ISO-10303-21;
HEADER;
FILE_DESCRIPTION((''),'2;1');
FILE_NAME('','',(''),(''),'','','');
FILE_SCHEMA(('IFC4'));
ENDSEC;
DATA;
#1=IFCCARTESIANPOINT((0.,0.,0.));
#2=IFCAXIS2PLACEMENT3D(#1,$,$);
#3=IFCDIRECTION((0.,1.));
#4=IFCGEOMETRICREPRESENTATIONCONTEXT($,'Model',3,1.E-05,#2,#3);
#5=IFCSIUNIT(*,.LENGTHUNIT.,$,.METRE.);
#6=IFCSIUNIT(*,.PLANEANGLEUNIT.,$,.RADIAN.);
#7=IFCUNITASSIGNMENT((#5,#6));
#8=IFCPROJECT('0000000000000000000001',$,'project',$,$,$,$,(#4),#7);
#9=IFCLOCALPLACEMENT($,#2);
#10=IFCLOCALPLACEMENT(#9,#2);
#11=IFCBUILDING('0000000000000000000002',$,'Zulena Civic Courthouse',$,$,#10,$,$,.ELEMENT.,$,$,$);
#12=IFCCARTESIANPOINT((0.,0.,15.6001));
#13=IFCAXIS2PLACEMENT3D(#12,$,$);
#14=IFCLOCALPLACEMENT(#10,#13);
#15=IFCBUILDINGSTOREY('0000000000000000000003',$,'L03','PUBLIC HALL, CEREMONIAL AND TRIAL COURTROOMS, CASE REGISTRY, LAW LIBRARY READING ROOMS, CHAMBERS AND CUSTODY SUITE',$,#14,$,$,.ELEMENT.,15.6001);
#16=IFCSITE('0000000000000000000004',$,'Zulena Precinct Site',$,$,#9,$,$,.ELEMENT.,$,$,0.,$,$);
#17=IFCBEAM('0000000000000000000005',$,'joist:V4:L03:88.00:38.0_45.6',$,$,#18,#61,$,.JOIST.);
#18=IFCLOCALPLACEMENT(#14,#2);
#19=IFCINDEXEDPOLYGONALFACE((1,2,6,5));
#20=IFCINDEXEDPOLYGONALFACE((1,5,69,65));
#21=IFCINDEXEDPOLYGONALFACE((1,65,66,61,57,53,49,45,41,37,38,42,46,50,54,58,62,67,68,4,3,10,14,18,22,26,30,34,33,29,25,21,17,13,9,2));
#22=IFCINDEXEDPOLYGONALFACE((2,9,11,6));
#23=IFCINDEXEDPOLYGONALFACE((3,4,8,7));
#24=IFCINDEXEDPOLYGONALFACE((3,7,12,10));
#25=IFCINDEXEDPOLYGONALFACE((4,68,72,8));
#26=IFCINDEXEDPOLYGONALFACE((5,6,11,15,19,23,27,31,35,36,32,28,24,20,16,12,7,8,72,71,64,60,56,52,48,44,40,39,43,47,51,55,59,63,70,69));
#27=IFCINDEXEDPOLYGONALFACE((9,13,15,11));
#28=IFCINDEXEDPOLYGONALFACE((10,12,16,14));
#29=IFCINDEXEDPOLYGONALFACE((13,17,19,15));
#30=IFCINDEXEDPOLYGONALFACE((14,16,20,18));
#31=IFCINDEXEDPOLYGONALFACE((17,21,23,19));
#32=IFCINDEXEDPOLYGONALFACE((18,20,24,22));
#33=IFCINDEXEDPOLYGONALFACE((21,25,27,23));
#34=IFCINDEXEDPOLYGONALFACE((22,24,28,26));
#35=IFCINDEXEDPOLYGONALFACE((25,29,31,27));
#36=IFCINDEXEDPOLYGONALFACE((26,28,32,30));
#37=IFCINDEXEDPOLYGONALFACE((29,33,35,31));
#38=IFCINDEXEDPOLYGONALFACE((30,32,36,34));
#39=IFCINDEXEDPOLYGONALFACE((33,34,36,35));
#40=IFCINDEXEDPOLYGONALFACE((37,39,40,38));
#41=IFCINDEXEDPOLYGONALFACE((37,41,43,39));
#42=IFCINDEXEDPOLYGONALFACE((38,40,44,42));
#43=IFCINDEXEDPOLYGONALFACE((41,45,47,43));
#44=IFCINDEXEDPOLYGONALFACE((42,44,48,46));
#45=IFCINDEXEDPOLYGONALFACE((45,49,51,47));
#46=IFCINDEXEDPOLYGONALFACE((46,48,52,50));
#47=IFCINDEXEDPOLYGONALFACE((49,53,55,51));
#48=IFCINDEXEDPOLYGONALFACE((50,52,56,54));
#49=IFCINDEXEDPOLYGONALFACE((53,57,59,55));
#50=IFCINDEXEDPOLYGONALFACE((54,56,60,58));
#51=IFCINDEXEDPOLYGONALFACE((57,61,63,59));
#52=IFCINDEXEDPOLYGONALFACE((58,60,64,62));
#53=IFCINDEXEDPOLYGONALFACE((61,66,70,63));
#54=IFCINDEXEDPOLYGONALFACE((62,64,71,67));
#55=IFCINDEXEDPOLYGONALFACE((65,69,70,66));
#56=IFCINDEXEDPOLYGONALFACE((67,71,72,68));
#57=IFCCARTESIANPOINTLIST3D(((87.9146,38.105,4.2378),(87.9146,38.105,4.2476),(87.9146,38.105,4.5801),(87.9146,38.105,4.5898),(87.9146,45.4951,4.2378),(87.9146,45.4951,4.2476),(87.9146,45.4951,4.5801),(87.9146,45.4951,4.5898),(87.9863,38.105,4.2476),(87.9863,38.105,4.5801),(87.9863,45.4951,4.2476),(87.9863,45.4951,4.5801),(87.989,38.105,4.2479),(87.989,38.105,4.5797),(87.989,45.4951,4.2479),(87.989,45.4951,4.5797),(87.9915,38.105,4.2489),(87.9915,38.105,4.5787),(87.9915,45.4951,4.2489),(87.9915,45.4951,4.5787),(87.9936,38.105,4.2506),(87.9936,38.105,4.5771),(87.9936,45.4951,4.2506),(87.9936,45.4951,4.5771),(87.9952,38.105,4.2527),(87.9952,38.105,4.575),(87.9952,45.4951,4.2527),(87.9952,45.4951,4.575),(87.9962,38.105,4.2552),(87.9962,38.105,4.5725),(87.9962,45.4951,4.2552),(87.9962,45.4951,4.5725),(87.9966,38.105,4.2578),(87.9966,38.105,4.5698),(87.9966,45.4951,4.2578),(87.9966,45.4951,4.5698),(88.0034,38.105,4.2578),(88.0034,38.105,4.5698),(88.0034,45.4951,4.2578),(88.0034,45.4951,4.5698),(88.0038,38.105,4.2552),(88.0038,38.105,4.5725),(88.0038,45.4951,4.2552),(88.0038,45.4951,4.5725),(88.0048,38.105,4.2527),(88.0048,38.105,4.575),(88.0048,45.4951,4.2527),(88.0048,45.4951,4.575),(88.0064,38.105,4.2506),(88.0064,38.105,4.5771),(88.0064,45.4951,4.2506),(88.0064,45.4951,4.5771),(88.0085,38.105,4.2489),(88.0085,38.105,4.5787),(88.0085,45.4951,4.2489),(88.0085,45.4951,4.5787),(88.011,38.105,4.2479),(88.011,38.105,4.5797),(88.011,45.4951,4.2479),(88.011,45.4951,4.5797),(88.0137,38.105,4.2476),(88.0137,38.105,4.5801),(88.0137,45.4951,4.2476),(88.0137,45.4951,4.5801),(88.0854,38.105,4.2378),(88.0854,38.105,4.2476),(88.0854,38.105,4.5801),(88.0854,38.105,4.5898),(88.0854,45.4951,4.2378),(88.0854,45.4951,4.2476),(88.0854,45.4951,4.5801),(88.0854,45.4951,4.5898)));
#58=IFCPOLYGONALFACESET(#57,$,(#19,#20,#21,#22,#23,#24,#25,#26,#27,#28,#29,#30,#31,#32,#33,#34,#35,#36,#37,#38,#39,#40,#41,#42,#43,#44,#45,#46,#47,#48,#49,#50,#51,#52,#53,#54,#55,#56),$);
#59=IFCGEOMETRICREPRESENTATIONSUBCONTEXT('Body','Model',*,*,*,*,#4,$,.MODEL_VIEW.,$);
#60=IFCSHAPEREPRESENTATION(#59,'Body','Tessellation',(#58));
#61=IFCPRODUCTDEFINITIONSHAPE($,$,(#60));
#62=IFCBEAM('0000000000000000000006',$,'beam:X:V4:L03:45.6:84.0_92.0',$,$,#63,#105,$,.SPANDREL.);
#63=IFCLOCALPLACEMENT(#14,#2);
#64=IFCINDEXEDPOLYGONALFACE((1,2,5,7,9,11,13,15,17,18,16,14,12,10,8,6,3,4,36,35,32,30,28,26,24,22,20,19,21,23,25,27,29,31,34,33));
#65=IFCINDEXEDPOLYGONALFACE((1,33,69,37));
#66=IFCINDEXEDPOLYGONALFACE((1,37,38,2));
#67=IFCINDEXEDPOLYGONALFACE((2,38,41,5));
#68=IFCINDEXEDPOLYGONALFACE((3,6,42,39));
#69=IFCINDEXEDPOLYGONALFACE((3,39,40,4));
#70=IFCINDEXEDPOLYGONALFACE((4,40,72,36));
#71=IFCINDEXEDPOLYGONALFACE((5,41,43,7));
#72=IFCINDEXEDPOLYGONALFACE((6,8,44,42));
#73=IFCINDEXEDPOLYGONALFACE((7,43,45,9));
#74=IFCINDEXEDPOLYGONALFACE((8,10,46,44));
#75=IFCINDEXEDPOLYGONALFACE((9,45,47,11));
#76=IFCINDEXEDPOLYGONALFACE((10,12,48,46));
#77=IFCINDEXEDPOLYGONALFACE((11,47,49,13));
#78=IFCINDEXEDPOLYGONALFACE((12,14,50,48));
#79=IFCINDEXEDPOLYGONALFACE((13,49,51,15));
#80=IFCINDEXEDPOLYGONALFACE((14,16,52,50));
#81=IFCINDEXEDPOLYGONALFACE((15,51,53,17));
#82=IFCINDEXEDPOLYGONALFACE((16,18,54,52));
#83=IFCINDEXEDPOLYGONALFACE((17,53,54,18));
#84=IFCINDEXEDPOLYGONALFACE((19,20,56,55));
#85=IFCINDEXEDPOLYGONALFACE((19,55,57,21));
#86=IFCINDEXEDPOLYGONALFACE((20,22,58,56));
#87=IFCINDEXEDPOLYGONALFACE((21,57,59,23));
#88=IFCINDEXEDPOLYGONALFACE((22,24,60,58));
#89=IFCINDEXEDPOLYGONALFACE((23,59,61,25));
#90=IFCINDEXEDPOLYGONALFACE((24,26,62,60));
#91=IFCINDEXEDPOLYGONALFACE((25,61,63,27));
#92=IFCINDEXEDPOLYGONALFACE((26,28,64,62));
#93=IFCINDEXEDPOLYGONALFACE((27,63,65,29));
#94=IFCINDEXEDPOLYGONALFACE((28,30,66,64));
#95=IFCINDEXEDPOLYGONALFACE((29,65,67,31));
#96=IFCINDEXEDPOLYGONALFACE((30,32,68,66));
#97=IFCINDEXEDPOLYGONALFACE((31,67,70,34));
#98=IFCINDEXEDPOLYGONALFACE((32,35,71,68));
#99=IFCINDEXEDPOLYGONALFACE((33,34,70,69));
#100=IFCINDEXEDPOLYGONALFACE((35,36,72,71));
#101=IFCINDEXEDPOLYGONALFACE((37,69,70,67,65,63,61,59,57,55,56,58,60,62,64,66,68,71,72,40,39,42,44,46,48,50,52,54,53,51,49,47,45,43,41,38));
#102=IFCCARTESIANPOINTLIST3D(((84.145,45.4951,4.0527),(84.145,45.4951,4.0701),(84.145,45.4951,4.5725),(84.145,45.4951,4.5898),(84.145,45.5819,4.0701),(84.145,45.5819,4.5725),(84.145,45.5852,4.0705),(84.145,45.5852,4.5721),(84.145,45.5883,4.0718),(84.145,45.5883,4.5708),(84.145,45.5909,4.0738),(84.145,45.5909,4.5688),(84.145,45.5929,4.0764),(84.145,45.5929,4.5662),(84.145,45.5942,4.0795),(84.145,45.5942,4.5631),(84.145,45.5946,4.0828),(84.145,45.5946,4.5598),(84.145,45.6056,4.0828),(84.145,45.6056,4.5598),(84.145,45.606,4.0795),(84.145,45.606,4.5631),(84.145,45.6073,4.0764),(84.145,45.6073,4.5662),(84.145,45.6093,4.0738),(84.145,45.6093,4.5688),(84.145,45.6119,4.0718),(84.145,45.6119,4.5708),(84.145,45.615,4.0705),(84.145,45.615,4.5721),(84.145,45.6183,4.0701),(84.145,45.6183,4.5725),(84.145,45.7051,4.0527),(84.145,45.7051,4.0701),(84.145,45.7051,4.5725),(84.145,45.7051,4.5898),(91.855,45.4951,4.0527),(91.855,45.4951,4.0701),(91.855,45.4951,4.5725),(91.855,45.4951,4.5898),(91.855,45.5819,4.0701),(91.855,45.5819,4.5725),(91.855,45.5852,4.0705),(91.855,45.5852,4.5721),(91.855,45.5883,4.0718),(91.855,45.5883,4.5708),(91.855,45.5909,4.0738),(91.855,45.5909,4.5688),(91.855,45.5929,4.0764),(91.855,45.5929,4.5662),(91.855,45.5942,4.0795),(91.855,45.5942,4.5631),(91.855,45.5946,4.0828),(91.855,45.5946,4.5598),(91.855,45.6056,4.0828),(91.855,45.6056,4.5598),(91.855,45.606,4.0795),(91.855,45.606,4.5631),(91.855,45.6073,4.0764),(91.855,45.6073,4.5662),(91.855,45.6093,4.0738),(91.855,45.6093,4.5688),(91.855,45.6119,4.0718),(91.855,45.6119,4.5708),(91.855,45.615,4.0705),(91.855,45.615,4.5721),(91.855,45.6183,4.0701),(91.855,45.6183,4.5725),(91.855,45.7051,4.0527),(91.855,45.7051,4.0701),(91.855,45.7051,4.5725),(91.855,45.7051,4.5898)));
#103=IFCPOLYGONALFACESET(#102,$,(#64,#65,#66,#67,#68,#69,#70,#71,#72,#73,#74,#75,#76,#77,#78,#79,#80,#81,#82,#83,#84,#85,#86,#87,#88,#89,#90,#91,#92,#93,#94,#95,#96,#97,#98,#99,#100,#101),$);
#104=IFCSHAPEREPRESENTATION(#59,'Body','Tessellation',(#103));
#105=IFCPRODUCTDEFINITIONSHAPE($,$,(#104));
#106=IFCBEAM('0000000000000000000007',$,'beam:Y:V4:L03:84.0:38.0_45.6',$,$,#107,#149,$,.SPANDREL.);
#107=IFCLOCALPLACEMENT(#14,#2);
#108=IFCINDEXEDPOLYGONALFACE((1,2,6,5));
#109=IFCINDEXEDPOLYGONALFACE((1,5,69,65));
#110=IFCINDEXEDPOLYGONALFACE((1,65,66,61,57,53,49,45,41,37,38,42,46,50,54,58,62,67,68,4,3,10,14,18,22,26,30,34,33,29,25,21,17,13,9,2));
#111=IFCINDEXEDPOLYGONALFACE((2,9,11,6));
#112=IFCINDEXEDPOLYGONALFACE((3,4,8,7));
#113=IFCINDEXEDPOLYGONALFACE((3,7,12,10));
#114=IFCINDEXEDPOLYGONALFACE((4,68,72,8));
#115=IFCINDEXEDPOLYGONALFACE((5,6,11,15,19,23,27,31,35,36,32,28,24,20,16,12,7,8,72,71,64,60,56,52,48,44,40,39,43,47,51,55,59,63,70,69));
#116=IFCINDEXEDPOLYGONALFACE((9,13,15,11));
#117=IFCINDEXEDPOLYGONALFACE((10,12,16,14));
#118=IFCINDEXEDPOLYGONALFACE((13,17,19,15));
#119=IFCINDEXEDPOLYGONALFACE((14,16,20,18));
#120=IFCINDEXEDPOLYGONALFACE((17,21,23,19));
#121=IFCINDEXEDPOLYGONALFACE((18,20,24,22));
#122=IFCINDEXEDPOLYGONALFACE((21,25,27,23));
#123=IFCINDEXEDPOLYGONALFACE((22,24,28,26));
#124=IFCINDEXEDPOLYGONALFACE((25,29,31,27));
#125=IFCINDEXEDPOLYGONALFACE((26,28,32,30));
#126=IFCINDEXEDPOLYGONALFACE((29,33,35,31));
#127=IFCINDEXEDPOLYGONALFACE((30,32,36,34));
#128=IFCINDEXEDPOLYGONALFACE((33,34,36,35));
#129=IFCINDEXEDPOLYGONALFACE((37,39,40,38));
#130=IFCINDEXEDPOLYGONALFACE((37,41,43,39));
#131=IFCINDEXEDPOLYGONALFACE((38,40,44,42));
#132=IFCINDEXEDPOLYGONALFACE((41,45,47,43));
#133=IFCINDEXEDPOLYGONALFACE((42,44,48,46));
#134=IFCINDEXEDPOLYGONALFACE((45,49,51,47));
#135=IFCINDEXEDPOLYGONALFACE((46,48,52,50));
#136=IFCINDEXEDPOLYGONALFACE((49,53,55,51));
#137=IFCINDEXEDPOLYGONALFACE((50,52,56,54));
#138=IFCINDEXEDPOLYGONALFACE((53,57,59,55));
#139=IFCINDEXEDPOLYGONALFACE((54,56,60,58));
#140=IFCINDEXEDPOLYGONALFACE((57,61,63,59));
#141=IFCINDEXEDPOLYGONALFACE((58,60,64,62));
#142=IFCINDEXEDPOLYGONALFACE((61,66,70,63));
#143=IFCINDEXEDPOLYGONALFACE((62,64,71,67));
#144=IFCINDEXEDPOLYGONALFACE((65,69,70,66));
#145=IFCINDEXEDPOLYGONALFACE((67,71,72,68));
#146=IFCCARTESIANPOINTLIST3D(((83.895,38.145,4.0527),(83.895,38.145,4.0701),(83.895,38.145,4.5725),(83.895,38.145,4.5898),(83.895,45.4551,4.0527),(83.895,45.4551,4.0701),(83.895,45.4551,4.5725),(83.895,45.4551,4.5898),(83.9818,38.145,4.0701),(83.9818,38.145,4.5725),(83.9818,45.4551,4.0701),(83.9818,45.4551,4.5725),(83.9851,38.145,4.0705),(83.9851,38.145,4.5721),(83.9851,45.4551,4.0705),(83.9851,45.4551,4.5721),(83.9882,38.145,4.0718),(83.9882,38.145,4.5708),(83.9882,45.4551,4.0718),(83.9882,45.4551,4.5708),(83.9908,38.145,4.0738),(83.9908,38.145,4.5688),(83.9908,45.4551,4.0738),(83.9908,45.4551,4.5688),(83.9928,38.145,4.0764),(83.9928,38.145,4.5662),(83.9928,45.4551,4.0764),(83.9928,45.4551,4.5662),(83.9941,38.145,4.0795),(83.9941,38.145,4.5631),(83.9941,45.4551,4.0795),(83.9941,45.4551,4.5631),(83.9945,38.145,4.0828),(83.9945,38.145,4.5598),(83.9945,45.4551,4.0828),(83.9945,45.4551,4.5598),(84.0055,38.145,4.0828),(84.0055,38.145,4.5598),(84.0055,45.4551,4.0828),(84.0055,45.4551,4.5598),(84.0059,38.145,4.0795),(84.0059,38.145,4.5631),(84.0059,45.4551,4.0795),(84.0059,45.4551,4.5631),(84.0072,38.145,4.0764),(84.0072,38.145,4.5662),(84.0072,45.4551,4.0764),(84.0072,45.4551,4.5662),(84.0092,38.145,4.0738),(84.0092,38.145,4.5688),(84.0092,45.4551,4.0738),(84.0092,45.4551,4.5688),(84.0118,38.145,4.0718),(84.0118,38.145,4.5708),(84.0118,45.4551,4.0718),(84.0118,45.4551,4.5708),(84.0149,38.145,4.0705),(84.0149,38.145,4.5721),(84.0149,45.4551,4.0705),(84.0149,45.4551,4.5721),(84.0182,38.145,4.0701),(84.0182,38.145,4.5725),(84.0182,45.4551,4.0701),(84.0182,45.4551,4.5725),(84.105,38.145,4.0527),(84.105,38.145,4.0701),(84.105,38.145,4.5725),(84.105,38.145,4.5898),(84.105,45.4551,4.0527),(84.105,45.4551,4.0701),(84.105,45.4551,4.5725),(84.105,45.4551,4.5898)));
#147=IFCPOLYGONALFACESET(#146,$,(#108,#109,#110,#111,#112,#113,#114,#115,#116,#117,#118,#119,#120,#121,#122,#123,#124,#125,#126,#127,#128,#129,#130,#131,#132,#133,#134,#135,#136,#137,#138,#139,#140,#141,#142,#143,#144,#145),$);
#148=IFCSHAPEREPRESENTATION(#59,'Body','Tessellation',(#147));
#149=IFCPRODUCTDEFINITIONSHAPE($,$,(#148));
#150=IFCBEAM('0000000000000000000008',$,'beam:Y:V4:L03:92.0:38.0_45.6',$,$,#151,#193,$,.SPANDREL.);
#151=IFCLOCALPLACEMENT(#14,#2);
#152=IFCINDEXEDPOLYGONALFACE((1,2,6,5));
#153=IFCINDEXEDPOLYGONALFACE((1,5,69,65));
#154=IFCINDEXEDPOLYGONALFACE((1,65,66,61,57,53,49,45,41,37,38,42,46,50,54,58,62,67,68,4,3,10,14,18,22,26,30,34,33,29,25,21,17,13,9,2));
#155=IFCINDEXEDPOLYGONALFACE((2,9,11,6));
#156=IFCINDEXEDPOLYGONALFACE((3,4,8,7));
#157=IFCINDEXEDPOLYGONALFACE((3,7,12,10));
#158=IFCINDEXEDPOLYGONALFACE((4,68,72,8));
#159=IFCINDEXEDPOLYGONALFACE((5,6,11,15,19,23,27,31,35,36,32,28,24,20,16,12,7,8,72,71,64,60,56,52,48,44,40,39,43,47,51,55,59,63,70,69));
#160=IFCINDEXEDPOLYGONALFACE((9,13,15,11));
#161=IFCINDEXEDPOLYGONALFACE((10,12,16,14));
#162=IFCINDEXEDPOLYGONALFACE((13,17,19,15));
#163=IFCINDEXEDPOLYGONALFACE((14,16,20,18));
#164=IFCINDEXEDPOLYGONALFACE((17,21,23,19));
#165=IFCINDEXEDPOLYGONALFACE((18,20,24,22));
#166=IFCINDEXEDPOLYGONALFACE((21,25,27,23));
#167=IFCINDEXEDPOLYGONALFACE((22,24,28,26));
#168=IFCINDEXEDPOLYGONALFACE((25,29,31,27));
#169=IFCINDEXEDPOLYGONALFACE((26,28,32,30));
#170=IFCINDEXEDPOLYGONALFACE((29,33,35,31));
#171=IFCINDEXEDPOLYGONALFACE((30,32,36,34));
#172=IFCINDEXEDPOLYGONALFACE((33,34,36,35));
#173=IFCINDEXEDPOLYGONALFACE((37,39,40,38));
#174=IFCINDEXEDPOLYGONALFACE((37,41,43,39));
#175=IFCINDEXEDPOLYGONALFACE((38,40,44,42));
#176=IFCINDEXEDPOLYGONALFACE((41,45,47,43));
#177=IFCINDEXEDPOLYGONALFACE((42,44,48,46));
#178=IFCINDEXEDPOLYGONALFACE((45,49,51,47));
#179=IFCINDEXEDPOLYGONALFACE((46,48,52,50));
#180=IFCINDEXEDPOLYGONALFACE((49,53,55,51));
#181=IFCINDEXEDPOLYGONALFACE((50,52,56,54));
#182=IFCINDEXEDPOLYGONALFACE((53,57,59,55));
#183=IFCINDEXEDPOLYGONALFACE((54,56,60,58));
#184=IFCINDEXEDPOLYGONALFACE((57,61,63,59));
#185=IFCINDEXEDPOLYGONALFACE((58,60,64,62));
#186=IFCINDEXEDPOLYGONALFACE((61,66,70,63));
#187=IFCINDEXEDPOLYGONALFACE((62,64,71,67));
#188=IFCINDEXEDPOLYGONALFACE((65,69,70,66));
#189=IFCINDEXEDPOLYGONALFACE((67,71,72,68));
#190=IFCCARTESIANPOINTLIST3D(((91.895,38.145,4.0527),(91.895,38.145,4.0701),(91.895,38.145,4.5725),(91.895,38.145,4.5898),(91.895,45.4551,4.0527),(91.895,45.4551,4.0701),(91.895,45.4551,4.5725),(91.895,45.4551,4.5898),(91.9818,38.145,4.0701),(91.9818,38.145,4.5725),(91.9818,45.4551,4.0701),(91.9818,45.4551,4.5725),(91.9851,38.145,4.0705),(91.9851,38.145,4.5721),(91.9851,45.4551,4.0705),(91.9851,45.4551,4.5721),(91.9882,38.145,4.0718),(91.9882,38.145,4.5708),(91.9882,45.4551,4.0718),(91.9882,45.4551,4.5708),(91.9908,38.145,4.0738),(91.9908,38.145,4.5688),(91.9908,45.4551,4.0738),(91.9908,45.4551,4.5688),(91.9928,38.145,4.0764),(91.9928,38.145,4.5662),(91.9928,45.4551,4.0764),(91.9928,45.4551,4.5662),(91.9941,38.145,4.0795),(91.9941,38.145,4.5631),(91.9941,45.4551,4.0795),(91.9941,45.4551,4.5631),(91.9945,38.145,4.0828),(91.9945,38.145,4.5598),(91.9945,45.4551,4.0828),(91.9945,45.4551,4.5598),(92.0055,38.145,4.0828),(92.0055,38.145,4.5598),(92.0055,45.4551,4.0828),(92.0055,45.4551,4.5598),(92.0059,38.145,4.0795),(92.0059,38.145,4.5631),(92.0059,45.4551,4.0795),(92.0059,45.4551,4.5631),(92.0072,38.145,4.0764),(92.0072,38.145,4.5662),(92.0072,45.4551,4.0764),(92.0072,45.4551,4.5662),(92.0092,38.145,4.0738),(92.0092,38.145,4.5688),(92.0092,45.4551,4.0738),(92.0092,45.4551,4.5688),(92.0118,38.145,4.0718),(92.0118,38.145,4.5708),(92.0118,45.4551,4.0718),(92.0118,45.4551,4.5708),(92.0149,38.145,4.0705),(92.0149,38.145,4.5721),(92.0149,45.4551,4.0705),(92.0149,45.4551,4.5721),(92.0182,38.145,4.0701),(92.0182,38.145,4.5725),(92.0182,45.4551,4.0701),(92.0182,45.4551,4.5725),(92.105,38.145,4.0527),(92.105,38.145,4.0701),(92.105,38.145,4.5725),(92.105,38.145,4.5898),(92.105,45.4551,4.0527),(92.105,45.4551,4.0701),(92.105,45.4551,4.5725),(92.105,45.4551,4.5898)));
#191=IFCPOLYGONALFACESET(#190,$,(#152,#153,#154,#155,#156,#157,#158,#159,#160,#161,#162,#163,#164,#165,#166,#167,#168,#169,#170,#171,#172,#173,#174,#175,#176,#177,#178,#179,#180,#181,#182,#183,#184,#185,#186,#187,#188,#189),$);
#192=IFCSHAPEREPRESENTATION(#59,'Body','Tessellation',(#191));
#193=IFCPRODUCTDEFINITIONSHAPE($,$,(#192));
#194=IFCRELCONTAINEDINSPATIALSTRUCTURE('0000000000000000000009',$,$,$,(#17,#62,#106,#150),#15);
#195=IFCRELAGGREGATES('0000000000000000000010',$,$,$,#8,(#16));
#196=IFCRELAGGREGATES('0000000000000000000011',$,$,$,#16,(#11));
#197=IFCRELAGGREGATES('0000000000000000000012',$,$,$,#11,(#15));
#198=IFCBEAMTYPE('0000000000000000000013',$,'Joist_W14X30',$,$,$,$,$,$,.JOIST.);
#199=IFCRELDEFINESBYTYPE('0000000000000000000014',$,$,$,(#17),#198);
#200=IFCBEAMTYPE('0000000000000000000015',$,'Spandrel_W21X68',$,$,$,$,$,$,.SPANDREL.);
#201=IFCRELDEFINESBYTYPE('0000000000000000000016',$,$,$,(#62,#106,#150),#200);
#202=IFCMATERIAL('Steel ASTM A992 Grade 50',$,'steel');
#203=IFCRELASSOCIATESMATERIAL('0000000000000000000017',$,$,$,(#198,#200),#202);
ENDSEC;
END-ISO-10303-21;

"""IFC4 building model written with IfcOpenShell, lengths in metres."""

from ifc_helpers import new_model, si_unit, direction, frame, origin, origin_2d, place, context, subcontext, project, spatial, i_section, extrude, material, material_profile, profile_set, type_object, element, save


model = new_model("IFC4")

# Units and contexts
model_context = context("Model", 3, precision=1e-05, world=origin(), true_north=direction((0.0, 1.0)))
body_context = subcontext(model_context, "Body", "Model", "MODEL_VIEW")
ifc_project = project(units=[si_unit("LENGTHUNIT", "METRE"), si_unit("PLANEANGLEUNIT", "RADIAN")], contexts=[model_context])

# Site, building, storey
site_placement = place(None, origin())
site = spatial("IfcSite", under=ifc_project, at=site_placement, Name="Zulena Precinct Site", CompositionType="ELEMENT", RefElevation=0.0)
building_placement = place(site_placement, origin())
building = spatial("IfcBuilding", under=site, at=building_placement, Name="Zulena Civic Courthouse", CompositionType="ELEMENT")
storey_placement = place(building_placement, frame((0.0, 0.0, 15.6001)))
storey = spatial("IfcBuildingStorey", under=building, at=storey_placement, Name="L03", Description="PUBLIC HALL, CEREMONIAL AND TRIAL COURTROOMS, CASE REGISTRY, LAW LIBRARY READING ROOMS, CHAMBERS AND CUSTODY SUITE", CompositionType="ELEMENT", Elevation=15.6001)

# Shared definitions
ifc_material_1 = material(Name="Steel ASTM A992 Grade 50", Category="steel")

# Beams
ifc_material_profile_1 = material_profile(ifc_material_1, i_section(OverallWidth=0.1709, OverallDepth=0.3521, WebThickness=0.0068, FlangeThickness=0.0098, FilletRadius=0.0103, at=origin_2d()), Name="W14X30")
ifc_profile_set_1 = profile_set([ifc_material_profile_1], Name="Steel ASTM A992 Grade 50")
beam_type_1 = type_object("IfcBeamType", Name="Joist_W14X30", PredefinedType="JOIST", material=ifc_profile_set_1)
beam_1_placement = place(storey_placement, frame((88.0, 38.105, 4.4138), z_axis=(0.0, 1.0, 0.0), x_axis=(-1.0, 0.0, 0.0)))
element("IfcBeam", 1, at=beam_1_placement, inside=storey, type_object=beam_type_1, Name="joist:V4:L03:88.00:38.0_45.6", PredefinedType="JOIST", context=body_context, shape_type="SweptSolid", body=[
    extrude(i_section(OverallWidth=0.1709, OverallDepth=0.3521, WebThickness=0.0068, FlangeThickness=0.0098, FilletRadius=0.0103, at=origin_2d()), origin(), (0.0, 0.0, 1.0), 7.3901),
])
ifc_material_profile_2 = material_profile(ifc_material_1, i_section(OverallWidth=0.21, OverallDepth=0.5371, WebThickness=0.011, FlangeThickness=0.0173, FilletRadius=0.0127, at=origin_2d()), Name="W21X68")
ifc_profile_set_2 = profile_set([ifc_material_profile_2], Name="Steel ASTM A992 Grade 50")
beam_type_2 = type_object("IfcBeamType", Name="Spandrel_W21X68", PredefinedType="SPANDREL", material=ifc_profile_set_2)
beam_2_placement = place(storey_placement, frame((84.145, 45.6001, 4.3213), z_axis=(1.0, 0.0, 0.0), x_axis=(0.0, 1.0, 0.0)))
element("IfcBeam", 2, at=beam_2_placement, inside=storey, type_object=beam_type_2, Name="beam:X:V4:L03:45.6:84.0_92.0", PredefinedType="SPANDREL", context=body_context, shape_type="SweptSolid", body=[
    extrude(i_section(OverallWidth=0.21, OverallDepth=0.5371, WebThickness=0.011, FlangeThickness=0.0173, FilletRadius=0.0127, at=origin_2d()), origin(), (0.0, 0.0, 1.0), 7.71),
])
for number, where, z_axis, x_axis, name in (
    (3, (84.0, 38.145, 4.3213), (0.0, 1.0, 0.0), (-1.0, 0.0, 0.0), "beam:Y:V4:L03:84.0:38.0_45.6"),
    (4, (92.0, 38.145, 4.3213), (0.0, 1.0, 0.0), (-1.0, 0.0, 0.0), "beam:Y:V4:L03:92.0:38.0_45.6"),
):
    element("IfcBeam", number, at=place(storey_placement, frame(where, z_axis=z_axis, x_axis=x_axis)), inside=storey, type_object=beam_type_2, Name=name, PredefinedType="SPANDREL", context=body_context, shape_type="SweptSolid", body=[
        extrude(i_section(OverallWidth=0.21, OverallDepth=0.5371, WebThickness=0.011, FlangeThickness=0.0173, FilletRadius=0.0127, at=origin_2d()), origin(), (0.0, 0.0, 1.0), 7.3101),
    ])

save(model, "model.ifc")
